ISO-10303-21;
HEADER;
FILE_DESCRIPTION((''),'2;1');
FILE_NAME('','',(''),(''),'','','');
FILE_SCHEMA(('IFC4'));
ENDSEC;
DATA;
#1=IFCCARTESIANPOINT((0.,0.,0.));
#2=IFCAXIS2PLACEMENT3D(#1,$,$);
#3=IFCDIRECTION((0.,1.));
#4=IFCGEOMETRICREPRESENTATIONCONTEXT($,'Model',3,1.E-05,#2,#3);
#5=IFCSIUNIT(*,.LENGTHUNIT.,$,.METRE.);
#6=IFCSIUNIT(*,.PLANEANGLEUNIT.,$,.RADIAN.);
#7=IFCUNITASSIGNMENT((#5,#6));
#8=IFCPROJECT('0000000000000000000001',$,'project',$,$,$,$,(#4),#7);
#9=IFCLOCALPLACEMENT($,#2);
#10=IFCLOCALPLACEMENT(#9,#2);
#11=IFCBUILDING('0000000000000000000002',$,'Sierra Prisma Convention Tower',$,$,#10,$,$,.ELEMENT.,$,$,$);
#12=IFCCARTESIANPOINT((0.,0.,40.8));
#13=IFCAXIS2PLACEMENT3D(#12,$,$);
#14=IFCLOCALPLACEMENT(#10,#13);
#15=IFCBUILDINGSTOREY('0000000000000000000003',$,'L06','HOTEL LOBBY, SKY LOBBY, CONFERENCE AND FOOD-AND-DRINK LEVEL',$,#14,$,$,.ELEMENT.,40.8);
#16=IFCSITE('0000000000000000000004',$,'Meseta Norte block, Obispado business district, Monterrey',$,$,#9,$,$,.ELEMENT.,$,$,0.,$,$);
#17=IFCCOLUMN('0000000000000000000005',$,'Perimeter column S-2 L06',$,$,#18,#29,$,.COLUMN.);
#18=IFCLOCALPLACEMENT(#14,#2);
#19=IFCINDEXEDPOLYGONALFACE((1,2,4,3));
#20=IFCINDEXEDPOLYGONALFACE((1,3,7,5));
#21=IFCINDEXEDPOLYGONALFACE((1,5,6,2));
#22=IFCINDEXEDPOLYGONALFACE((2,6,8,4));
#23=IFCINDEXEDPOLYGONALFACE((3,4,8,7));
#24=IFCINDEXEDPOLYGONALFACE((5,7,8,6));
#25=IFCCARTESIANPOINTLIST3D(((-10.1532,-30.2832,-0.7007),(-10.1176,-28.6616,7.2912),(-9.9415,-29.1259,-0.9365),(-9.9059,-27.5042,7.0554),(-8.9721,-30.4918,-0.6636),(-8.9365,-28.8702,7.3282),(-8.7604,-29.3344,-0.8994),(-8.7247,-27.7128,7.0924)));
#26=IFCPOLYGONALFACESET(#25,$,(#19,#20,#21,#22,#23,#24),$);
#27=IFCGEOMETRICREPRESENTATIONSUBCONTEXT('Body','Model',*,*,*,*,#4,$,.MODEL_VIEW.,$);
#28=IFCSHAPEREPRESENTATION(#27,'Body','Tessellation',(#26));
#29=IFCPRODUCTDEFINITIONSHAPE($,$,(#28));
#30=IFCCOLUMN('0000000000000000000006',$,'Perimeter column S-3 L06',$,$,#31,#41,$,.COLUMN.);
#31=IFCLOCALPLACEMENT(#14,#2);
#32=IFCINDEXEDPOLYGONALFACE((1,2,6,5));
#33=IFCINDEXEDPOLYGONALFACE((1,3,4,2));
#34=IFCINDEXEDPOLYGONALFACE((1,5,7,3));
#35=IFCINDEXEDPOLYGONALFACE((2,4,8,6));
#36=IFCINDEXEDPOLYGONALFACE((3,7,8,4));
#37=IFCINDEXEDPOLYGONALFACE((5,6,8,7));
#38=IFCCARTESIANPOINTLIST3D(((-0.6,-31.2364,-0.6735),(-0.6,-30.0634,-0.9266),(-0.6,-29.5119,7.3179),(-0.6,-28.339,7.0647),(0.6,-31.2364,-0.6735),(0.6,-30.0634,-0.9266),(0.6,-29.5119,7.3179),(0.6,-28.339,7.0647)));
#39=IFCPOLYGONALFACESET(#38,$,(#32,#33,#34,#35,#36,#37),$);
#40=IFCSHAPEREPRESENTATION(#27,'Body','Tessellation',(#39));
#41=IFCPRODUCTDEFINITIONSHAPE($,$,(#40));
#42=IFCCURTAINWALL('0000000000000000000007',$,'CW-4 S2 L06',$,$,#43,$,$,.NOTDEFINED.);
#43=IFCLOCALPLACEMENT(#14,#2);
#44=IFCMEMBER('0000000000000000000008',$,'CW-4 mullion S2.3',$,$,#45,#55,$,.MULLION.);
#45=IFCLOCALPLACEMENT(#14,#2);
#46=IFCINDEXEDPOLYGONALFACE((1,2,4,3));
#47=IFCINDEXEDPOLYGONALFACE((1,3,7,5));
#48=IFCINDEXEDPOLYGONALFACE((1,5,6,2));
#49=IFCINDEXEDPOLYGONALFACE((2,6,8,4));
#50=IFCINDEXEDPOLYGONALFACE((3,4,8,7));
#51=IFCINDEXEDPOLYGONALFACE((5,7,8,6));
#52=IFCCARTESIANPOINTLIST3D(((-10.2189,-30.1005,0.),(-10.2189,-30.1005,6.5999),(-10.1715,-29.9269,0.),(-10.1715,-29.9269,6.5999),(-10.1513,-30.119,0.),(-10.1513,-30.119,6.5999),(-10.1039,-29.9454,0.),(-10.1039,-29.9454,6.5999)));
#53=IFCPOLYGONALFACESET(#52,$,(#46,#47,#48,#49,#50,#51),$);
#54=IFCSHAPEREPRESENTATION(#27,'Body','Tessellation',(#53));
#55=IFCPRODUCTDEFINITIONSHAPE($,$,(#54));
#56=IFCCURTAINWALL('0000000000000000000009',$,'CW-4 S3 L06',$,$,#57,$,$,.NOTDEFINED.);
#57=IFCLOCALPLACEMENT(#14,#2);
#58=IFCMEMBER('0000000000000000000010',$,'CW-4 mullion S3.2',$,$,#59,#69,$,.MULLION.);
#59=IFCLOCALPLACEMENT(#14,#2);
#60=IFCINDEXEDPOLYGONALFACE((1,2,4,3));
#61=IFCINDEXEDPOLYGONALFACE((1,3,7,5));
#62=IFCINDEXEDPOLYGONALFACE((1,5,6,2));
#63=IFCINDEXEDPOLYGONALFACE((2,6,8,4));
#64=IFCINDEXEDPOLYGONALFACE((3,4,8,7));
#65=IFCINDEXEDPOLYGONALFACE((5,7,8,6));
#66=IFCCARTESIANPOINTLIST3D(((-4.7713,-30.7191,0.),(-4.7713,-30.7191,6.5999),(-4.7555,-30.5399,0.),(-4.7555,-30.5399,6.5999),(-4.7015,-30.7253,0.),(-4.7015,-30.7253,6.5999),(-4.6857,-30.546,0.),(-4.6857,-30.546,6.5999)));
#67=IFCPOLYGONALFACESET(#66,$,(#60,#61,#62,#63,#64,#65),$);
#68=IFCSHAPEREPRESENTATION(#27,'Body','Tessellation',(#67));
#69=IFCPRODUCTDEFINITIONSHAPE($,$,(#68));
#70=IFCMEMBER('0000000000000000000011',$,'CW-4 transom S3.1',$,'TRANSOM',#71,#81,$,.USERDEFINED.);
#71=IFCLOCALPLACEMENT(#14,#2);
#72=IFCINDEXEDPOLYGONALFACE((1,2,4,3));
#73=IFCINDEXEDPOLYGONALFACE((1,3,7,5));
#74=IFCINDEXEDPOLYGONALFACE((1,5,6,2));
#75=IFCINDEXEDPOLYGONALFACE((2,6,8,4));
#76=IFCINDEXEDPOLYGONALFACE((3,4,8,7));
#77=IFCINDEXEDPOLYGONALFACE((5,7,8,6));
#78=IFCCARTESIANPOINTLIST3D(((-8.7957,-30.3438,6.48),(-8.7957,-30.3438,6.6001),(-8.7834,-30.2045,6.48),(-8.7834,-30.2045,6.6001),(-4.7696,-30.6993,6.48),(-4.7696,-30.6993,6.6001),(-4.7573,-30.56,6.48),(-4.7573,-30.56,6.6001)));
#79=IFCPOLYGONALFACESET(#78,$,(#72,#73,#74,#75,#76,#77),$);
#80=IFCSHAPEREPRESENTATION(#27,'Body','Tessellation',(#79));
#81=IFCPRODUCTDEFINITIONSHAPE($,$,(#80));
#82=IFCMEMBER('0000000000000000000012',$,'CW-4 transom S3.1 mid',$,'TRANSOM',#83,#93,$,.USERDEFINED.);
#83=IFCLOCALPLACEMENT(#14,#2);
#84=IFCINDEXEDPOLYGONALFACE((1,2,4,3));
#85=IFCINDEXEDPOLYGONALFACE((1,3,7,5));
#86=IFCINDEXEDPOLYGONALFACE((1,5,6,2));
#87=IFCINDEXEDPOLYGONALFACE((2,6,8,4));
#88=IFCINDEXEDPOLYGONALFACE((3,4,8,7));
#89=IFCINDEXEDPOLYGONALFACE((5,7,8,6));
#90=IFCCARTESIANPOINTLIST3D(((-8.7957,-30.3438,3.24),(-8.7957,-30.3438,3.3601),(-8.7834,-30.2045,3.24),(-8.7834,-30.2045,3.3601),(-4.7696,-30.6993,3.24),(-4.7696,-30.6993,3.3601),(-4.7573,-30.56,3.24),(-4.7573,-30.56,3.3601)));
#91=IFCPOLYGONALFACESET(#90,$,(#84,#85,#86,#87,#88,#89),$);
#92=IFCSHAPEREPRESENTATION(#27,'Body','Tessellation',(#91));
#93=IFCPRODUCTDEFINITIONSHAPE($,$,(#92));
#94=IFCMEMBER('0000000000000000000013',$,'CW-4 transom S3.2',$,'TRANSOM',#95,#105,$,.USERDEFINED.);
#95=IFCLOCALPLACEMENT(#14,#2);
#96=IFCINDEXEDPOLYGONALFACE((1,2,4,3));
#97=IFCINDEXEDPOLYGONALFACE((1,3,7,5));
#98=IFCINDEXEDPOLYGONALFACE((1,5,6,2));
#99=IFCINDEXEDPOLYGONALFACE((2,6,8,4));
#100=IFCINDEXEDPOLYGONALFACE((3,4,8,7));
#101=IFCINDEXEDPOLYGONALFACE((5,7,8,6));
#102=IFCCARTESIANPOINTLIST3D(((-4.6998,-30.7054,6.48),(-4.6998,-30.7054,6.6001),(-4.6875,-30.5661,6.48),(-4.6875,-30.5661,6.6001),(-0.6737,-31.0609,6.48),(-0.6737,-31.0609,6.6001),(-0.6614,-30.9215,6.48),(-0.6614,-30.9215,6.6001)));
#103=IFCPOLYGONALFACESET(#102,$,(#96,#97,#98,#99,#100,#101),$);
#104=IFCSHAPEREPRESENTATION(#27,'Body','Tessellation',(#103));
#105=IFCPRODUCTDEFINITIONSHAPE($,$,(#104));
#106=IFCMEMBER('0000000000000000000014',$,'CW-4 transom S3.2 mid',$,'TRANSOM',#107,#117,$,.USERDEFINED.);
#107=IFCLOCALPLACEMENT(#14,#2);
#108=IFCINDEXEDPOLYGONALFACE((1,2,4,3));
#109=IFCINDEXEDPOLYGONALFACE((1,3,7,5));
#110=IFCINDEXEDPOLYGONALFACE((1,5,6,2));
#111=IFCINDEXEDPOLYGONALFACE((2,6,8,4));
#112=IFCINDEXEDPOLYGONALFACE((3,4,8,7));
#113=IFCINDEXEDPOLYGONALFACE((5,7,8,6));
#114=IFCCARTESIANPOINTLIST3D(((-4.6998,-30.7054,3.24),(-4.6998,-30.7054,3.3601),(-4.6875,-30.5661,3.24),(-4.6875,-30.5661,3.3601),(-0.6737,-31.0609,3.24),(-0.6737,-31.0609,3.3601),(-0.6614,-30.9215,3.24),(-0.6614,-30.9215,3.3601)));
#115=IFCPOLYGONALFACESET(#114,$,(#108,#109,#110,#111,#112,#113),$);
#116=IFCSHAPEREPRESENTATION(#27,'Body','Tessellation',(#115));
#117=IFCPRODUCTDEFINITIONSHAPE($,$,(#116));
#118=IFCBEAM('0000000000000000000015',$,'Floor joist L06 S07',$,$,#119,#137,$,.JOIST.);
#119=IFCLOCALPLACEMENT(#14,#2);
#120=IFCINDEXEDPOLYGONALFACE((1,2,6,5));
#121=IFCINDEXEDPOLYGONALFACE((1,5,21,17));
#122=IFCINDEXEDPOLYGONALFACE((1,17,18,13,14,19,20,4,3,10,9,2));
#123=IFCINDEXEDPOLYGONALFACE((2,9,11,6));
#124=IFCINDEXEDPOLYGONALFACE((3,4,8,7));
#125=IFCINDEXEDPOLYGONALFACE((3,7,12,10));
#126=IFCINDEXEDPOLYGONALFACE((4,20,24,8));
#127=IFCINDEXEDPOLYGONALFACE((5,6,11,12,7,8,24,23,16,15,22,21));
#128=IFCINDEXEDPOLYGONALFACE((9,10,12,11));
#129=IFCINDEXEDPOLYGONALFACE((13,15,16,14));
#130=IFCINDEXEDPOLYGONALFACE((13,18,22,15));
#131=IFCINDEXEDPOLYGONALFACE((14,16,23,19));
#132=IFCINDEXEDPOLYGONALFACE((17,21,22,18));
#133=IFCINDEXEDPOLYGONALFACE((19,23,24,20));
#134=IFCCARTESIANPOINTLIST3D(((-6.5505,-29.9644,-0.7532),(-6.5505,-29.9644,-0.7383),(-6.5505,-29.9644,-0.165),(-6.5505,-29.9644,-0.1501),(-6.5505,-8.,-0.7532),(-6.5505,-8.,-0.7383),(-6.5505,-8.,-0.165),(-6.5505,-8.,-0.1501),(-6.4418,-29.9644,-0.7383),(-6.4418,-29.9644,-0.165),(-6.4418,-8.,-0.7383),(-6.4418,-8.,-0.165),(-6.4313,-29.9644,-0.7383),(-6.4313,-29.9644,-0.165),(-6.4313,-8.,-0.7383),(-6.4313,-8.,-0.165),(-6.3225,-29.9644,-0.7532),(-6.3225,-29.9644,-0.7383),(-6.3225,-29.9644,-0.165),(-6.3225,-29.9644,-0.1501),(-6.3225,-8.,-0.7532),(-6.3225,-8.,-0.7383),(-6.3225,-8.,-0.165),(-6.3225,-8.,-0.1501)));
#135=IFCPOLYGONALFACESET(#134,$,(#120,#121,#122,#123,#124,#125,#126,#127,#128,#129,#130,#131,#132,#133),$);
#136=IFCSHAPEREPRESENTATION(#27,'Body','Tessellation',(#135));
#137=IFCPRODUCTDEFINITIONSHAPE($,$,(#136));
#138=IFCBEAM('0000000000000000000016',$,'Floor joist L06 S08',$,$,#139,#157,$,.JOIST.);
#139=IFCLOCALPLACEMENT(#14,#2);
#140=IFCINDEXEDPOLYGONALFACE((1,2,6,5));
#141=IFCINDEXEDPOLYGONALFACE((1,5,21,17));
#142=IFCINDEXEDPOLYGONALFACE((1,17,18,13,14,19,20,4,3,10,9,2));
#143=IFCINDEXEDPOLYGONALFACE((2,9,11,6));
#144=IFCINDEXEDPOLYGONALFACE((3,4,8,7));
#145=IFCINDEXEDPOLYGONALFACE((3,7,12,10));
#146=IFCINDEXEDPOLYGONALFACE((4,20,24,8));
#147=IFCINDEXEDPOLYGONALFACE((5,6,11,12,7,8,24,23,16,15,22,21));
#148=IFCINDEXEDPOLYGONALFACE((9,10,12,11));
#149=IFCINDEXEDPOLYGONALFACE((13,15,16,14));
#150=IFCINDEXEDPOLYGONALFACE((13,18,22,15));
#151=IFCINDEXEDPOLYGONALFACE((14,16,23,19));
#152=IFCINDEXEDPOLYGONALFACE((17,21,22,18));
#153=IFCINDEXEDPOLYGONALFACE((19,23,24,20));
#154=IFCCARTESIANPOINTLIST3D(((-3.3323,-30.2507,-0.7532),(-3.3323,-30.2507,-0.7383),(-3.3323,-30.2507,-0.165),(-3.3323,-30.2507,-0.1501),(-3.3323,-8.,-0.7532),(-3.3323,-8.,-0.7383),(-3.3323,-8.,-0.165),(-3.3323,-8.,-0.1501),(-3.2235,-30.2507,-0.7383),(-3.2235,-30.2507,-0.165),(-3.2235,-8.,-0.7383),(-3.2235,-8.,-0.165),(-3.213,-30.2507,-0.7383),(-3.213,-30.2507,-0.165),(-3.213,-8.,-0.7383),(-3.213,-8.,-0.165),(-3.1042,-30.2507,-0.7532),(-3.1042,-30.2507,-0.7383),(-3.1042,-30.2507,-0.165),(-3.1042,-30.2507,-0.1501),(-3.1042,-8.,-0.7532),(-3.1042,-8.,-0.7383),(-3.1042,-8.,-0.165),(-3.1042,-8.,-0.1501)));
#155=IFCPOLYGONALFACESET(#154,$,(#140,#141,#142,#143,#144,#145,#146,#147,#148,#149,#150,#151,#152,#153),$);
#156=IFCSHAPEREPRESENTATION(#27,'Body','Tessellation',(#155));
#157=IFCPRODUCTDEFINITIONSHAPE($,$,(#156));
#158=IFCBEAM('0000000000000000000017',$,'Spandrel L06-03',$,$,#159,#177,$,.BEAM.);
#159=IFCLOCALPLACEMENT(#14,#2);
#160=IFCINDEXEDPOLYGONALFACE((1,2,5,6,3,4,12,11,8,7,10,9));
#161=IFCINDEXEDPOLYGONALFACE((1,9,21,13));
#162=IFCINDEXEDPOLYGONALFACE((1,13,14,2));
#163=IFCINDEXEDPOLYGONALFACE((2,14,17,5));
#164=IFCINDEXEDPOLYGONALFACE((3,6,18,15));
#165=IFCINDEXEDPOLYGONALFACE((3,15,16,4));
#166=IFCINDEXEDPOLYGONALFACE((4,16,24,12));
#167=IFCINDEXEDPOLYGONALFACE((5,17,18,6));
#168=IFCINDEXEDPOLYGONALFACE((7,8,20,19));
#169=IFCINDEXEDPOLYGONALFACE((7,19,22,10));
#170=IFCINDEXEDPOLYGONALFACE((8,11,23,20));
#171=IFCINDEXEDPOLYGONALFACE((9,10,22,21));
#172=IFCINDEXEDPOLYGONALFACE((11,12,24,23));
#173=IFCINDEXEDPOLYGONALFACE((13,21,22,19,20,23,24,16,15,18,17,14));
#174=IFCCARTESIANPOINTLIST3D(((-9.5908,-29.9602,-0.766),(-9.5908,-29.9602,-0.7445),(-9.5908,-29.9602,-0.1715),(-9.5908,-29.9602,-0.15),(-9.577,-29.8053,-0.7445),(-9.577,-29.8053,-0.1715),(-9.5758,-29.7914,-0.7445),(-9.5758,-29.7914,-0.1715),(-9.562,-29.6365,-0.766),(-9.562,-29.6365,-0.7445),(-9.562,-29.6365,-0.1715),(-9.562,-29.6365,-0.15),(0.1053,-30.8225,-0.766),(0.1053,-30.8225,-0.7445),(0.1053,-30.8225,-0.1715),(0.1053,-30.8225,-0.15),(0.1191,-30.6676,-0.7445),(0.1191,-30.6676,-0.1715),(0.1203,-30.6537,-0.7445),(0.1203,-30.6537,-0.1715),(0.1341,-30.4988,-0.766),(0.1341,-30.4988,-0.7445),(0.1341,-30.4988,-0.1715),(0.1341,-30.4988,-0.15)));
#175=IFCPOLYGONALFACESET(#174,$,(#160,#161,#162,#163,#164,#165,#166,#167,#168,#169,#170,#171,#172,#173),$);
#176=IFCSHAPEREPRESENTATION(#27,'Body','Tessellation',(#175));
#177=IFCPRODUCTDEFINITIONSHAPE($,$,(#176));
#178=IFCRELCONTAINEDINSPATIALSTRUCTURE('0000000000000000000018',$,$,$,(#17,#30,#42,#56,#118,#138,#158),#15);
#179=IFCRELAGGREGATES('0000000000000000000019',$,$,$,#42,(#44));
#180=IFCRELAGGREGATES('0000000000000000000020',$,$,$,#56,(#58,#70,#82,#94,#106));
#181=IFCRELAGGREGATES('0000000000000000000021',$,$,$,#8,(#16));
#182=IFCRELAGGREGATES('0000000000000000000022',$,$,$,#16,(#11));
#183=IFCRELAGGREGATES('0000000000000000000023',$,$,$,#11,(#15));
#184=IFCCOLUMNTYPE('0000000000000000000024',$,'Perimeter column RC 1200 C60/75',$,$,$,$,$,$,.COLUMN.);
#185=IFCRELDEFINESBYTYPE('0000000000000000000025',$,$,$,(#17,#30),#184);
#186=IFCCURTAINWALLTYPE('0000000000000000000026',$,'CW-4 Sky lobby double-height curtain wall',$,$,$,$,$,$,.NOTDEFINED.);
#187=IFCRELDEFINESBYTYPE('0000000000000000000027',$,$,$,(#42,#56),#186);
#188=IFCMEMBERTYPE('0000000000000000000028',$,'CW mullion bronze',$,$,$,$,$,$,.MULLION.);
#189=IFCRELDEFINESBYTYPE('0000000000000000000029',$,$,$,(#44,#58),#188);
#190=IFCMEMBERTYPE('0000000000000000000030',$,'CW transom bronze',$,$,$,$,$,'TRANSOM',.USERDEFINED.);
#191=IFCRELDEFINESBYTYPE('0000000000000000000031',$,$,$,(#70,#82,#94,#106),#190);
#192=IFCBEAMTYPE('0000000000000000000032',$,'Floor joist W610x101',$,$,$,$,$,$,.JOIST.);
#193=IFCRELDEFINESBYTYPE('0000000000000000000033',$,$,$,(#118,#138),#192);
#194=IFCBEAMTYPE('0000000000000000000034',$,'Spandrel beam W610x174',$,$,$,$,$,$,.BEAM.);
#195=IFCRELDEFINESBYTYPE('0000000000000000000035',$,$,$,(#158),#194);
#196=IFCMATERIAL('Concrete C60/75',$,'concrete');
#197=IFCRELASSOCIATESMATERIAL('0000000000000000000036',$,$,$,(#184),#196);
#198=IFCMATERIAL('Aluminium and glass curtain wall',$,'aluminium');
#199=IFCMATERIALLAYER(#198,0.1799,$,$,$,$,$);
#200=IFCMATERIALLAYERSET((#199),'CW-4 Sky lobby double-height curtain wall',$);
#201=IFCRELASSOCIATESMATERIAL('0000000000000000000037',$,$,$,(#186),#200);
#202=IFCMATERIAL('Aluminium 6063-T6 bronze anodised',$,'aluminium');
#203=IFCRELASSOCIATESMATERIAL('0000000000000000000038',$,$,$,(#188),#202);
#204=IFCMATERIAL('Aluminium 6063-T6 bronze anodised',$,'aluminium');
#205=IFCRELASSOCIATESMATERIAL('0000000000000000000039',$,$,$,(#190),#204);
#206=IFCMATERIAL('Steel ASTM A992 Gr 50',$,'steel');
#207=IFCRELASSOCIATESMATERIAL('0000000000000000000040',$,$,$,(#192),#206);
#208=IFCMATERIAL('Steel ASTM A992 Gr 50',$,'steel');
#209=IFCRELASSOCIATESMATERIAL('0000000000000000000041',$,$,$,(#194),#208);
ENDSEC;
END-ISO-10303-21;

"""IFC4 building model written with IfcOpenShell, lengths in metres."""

from ifc_helpers import new_model, si_unit, direction, frame, origin, origin_2d, place, context, subcontext, project, spatial, rectangle, i_section, extrude, clip, halfspace, material, layer, layer_set, material_profile, profile_set, type_object, element, aggregate, save


model = new_model("IFC4")

# Units and contexts
model_context = context("Model", 3, precision=1e-05, world=origin(), true_north=direction((0.0, 1.0)))
body_context = subcontext(model_context, "Body", "Model", "MODEL_VIEW")
ifc_project = project(units=[si_unit("LENGTHUNIT", "METRE"), si_unit("PLANEANGLEUNIT", "RADIAN")], contexts=[model_context])

# Site, building, storey
site_placement = place(None, origin())
site = spatial("IfcSite", under=ifc_project, at=site_placement, Name="Meseta Norte block, Obispado business district, Monterrey", CompositionType="ELEMENT", RefElevation=0.0)
building_placement = place(site_placement, origin())
building = spatial("IfcBuilding", under=site, at=building_placement, Name="Sierra Prisma Convention Tower", CompositionType="ELEMENT")
storey_placement = place(building_placement, frame((0.0, 0.0, 40.8)))
storey = spatial("IfcBuildingStorey", under=building, at=storey_placement, Name="L06", Description="HOTEL LOBBY, SKY LOBBY, CONFERENCE AND FOOD-AND-DRINK LEVEL", CompositionType="ELEMENT", Elevation=40.8)

# Columns
ifc_material_1 = material(Name="Concrete C60/75", Category="concrete")
ifc_material_profile_1 = material_profile(ifc_material_1, rectangle(XDim=1.2, YDim=1.2, at=origin_2d()), Name="Perimeter column RC 1200 C60/75")
ifc_profile_set_1 = profile_set([ifc_material_profile_1], Name="Concrete C60/75")
column_type = type_object("IfcColumnType", Name="Perimeter column RC 1200 C60/75", PredefinedType="COLUMN", material=ifc_profile_set_1)
column_1_placement = place(storey_placement, frame((-9.4568, -29.8088, -0.8), z_axis=(0.004367, 0.198857, 0.980019), x_axis=(-0.984295, 0.173808, -0.030882)))
element("IfcColumn", 1, at=column_1_placement, inside=storey, type_object=column_type, Name="Perimeter column S-2 L06", PredefinedType="COLUMN", context=body_context, shape_type="SweptSolid", body=[
    clip(extrude(rectangle(XDim=1.2, YDim=1.2, at=origin_2d()), origin(), (0.0, 0.0, 1.0), 8.1631), halfspace(frame((0.0, 0.0, 8.1548)), False)),
])
column_2_placement = place(storey_placement, frame((0.0, -30.6499, -0.8), z_axis=(0.0, 0.210935, 0.9775), x_axis=(-1.0, 0.0, 0.0)))
element("IfcColumn", 2, at=column_2_placement, inside=storey, type_object=column_type, Name="Perimeter column S-3 L06", PredefinedType="COLUMN", context=body_context, shape_type="SweptSolid", body=[
    clip(extrude(rectangle(XDim=1.2, YDim=1.2, at=origin_2d()), origin(), (0.0, 0.0, 1.0), 8.1841), halfspace(frame((0.0, 0.0, 8.1753)), False)),
])

# Curtain wall, member
ifc_material_2 = material(Name="Aluminium and glass curtain wall", Category="aluminium")
ifc_layer_1 = layer(ifc_material_2, 0.1799)
ifc_layer_set_1 = layer_set([ifc_layer_1], Name="CW-4 Sky lobby double-height curtain wall")
curtain_wall_type = type_object("IfcCurtainWallType", Name="CW-4 Sky lobby double-height curtain wall", PredefinedType="NOTDEFINED", material=ifc_layer_set_1)
curtain_wall_1_placement = place(storey_placement, origin())
curtain_wall_1 = element("IfcCurtainWall", 3, at=curtain_wall_1_placement, inside=storey, type_object=curtain_wall_type, Name="CW-4 S2 L06", PredefinedType="NOTDEFINED")
ifc_material_3 = material(Name="Aluminium 6063-T6 bronze anodised", Category="aluminium")
ifc_material_profile_2 = material_profile(ifc_material_3, rectangle(XDim=0.1799, YDim=0.0701, at=origin_2d()), Name="ALU MULLION 70x180")
ifc_profile_set_2 = profile_set([ifc_material_profile_2], Name="Aluminium 6063-T6 bronze anodised")
member_type_1 = type_object("IfcMemberType", Name="CW mullion bronze", PredefinedType="MULLION", material=ifc_profile_set_2)
member_1_placement = place(storey_placement, frame((-10.1614, -30.0229, 0.0), z_axis=(0.0, 0.0, 1.0), x_axis=(0.263456, 0.964671, 0.0)))
member_1 = element("IfcMember", 4, at=member_1_placement, type_object=member_type_1, Name="CW-4 mullion S2.3", PredefinedType="MULLION", context=body_context, shape_type="SweptSolid", body=[
    extrude(rectangle(XDim=0.1799, YDim=0.0701, at=origin_2d()), origin(), (0.0, 0.0, 1.0), 6.5999),
])
aggregate(curtain_wall_1, [member_1])

# Curtain wall, members
curtain_wall_2_placement = place(storey_placement, origin())
curtain_wall_2 = element("IfcCurtainWall", 5, at=curtain_wall_2_placement, inside=storey, type_object=curtain_wall_type, Name="CW-4 S3 L06", PredefinedType="NOTDEFINED")
member_2_placement = place(storey_placement, frame((-4.7285, -30.6326, 0.0), z_axis=(0.0, 0.0, 1.0), x_axis=(0.087926, 0.996127, 0.0)))
member_2 = element("IfcMember", 6, at=member_2_placement, type_object=member_type_1, Name="CW-4 mullion S3.2", PredefinedType="MULLION", context=body_context, shape_type="SweptSolid", body=[
    extrude(rectangle(XDim=0.1799, YDim=0.0701, at=origin_2d()), origin(), (0.0, 0.0, 1.0), 6.5999),
])
ifc_material_4 = material(Name="Aluminium 6063-T6 bronze anodised", Category="aluminium")
ifc_material_profile_3 = material_profile(ifc_material_4, rectangle(XDim=0.1399, YDim=0.1201, at=origin_2d()), Name="ALU TRANSOM 120x140")
ifc_profile_set_3 = profile_set([ifc_material_profile_3], Name="Aluminium 6063-T6 bronze anodised")
member_type_2 = type_object("IfcMemberType", Name="CW transom bronze", ElementType="TRANSOM", PredefinedType="USERDEFINED", material=ifc_profile_set_3)
member_3_placement = place(storey_placement, frame((-8.7896, -30.2742, 6.54), z_axis=(0.996125, -0.087948, 0.0), x_axis=(0.087948, 0.996125, 0.0)))
member_3 = element("IfcMember", 7, at=member_3_placement, type_object=member_type_2, Name="CW-4 transom S3.1", ObjectType="TRANSOM", PredefinedType="USERDEFINED", context=body_context, shape_type="SweptSolid", body=[
    extrude(rectangle(XDim=0.1399, YDim=0.1201, at=origin_2d()), origin(), (0.0, 0.0, 1.0), 4.0417),
])
member_4_placement = place(storey_placement, frame((-8.7896, -30.2742, 3.3), z_axis=(0.996125, -0.087948, 0.0), x_axis=(0.087948, 0.996125, 0.0)))
member_4 = element("IfcMember", 8, at=member_4_placement, type_object=member_type_2, Name="CW-4 transom S3.1 mid", ObjectType="TRANSOM", PredefinedType="USERDEFINED", context=body_context, shape_type="SweptSolid", body=[
    extrude(rectangle(XDim=0.1399, YDim=0.1201, at=origin_2d()), origin(), (0.0, 0.0, 1.0), 4.0417),
])
member_5_placement = place(storey_placement, frame((-4.6936, -30.6357, 6.54), z_axis=(0.996125, -0.087948, 0.0), x_axis=(0.087948, 0.996125, 0.0)))
member_5 = element("IfcMember", 9, at=member_5_placement, type_object=member_type_2, Name="CW-4 transom S3.2", ObjectType="TRANSOM", PredefinedType="USERDEFINED", context=body_context, shape_type="SweptSolid", body=[
    extrude(rectangle(XDim=0.1399, YDim=0.1201, at=origin_2d()), origin(), (0.0, 0.0, 1.0), 4.0417),
])
member_6_placement = place(storey_placement, frame((-4.6936, -30.6357, 3.3), z_axis=(0.996125, -0.087948, 0.0), x_axis=(0.087948, 0.996125, 0.0)))
member_6 = element("IfcMember", 10, at=member_6_placement, type_object=member_type_2, Name="CW-4 transom S3.2 mid", ObjectType="TRANSOM", PredefinedType="USERDEFINED", context=body_context, shape_type="SweptSolid", body=[
    extrude(rectangle(XDim=0.1399, YDim=0.1201, at=origin_2d()), origin(), (0.0, 0.0, 1.0), 4.0417),
])

# Beams
ifc_material_5 = material(Name="Steel ASTM A992 Gr 50", Category="steel")
ifc_material_profile_4 = material_profile(ifc_material_5, i_section(OverallWidth=0.228, OverallDepth=0.603, WebThickness=0.0105, FlangeThickness=0.0149, at=origin_2d()), Name="W610x101")
ifc_profile_set_4 = profile_set([ifc_material_profile_4], Name="Steel ASTM A992 Gr 50")
beam_type_1 = type_object("IfcBeamType", Name="Floor joist W610x101", PredefinedType="JOIST", material=ifc_profile_set_4)
beam_1_placement = place(storey_placement, frame((-6.4365, -29.9644, -0.4517), z_axis=(0.0, 1.0, 0.0), x_axis=(-1.0, 0.0, 0.0)))
element("IfcBeam", 11, at=beam_1_placement, inside=storey, type_object=beam_type_1, Name="Floor joist L06 S07", PredefinedType="JOIST", context=body_context, shape_type="SweptSolid", body=[
    extrude(i_section(OverallWidth=0.228, OverallDepth=0.603, WebThickness=0.0105, FlangeThickness=0.0149, at=origin_2d()), origin(), (0.0, 0.0, 1.0), 21.9644),
])
beam_2_placement = place(storey_placement, frame((-3.2183, -30.2507, -0.4517), z_axis=(0.0, 1.0, 0.0), x_axis=(-1.0, 0.0, 0.0)))
element("IfcBeam", 12, at=beam_2_placement, inside=storey, type_object=beam_type_1, Name="Floor joist L06 S08", PredefinedType="JOIST", context=body_context, shape_type="SweptSolid", body=[
    extrude(i_section(OverallWidth=0.228, OverallDepth=0.603, WebThickness=0.0105, FlangeThickness=0.0149, at=origin_2d()), origin(), (0.0, 0.0, 1.0), 22.2507),
])
ifc_material_6 = material(Name="Steel ASTM A992 Gr 50", Category="steel")
ifc_material_profile_5 = material_profile(ifc_material_6, i_section(OverallWidth=0.325, OverallDepth=0.616, WebThickness=0.0139, FlangeThickness=0.0215, at=origin_2d()), Name="W610x174")
ifc_profile_set_5 = profile_set([ifc_material_profile_5], Name="Steel ASTM A992 Gr 50")
beam_type_2 = type_object("IfcBeamType", Name="Spandrel beam W610x174", PredefinedType="BEAM", material=ifc_profile_set_5)
for number, where, z_axis, x_axis, name in (
    (13, (-9.5764, -29.7983, -0.458), (0.996069, -0.088584, 0.0), (0.088584, 0.996069, 0.0), "Spandrel L06-03"),
):
    element("IfcBeam", number, at=place(storey_placement, frame(where, z_axis=z_axis, x_axis=x_axis)), inside=storey, type_object=beam_type_2, Name=name, PredefinedType="BEAM", context=body_context, shape_type="SweptSolid", body=[
        extrude(i_section(OverallWidth=0.325, OverallDepth=0.616, WebThickness=0.0139, FlangeThickness=0.0215, at=origin_2d()), origin(), (0.0, 0.0, 1.0), 9.7344),
    ])

aggregate(curtain_wall_2, [member_2, member_3, member_4, member_5, member_6])

save(model, "model.ifc")
